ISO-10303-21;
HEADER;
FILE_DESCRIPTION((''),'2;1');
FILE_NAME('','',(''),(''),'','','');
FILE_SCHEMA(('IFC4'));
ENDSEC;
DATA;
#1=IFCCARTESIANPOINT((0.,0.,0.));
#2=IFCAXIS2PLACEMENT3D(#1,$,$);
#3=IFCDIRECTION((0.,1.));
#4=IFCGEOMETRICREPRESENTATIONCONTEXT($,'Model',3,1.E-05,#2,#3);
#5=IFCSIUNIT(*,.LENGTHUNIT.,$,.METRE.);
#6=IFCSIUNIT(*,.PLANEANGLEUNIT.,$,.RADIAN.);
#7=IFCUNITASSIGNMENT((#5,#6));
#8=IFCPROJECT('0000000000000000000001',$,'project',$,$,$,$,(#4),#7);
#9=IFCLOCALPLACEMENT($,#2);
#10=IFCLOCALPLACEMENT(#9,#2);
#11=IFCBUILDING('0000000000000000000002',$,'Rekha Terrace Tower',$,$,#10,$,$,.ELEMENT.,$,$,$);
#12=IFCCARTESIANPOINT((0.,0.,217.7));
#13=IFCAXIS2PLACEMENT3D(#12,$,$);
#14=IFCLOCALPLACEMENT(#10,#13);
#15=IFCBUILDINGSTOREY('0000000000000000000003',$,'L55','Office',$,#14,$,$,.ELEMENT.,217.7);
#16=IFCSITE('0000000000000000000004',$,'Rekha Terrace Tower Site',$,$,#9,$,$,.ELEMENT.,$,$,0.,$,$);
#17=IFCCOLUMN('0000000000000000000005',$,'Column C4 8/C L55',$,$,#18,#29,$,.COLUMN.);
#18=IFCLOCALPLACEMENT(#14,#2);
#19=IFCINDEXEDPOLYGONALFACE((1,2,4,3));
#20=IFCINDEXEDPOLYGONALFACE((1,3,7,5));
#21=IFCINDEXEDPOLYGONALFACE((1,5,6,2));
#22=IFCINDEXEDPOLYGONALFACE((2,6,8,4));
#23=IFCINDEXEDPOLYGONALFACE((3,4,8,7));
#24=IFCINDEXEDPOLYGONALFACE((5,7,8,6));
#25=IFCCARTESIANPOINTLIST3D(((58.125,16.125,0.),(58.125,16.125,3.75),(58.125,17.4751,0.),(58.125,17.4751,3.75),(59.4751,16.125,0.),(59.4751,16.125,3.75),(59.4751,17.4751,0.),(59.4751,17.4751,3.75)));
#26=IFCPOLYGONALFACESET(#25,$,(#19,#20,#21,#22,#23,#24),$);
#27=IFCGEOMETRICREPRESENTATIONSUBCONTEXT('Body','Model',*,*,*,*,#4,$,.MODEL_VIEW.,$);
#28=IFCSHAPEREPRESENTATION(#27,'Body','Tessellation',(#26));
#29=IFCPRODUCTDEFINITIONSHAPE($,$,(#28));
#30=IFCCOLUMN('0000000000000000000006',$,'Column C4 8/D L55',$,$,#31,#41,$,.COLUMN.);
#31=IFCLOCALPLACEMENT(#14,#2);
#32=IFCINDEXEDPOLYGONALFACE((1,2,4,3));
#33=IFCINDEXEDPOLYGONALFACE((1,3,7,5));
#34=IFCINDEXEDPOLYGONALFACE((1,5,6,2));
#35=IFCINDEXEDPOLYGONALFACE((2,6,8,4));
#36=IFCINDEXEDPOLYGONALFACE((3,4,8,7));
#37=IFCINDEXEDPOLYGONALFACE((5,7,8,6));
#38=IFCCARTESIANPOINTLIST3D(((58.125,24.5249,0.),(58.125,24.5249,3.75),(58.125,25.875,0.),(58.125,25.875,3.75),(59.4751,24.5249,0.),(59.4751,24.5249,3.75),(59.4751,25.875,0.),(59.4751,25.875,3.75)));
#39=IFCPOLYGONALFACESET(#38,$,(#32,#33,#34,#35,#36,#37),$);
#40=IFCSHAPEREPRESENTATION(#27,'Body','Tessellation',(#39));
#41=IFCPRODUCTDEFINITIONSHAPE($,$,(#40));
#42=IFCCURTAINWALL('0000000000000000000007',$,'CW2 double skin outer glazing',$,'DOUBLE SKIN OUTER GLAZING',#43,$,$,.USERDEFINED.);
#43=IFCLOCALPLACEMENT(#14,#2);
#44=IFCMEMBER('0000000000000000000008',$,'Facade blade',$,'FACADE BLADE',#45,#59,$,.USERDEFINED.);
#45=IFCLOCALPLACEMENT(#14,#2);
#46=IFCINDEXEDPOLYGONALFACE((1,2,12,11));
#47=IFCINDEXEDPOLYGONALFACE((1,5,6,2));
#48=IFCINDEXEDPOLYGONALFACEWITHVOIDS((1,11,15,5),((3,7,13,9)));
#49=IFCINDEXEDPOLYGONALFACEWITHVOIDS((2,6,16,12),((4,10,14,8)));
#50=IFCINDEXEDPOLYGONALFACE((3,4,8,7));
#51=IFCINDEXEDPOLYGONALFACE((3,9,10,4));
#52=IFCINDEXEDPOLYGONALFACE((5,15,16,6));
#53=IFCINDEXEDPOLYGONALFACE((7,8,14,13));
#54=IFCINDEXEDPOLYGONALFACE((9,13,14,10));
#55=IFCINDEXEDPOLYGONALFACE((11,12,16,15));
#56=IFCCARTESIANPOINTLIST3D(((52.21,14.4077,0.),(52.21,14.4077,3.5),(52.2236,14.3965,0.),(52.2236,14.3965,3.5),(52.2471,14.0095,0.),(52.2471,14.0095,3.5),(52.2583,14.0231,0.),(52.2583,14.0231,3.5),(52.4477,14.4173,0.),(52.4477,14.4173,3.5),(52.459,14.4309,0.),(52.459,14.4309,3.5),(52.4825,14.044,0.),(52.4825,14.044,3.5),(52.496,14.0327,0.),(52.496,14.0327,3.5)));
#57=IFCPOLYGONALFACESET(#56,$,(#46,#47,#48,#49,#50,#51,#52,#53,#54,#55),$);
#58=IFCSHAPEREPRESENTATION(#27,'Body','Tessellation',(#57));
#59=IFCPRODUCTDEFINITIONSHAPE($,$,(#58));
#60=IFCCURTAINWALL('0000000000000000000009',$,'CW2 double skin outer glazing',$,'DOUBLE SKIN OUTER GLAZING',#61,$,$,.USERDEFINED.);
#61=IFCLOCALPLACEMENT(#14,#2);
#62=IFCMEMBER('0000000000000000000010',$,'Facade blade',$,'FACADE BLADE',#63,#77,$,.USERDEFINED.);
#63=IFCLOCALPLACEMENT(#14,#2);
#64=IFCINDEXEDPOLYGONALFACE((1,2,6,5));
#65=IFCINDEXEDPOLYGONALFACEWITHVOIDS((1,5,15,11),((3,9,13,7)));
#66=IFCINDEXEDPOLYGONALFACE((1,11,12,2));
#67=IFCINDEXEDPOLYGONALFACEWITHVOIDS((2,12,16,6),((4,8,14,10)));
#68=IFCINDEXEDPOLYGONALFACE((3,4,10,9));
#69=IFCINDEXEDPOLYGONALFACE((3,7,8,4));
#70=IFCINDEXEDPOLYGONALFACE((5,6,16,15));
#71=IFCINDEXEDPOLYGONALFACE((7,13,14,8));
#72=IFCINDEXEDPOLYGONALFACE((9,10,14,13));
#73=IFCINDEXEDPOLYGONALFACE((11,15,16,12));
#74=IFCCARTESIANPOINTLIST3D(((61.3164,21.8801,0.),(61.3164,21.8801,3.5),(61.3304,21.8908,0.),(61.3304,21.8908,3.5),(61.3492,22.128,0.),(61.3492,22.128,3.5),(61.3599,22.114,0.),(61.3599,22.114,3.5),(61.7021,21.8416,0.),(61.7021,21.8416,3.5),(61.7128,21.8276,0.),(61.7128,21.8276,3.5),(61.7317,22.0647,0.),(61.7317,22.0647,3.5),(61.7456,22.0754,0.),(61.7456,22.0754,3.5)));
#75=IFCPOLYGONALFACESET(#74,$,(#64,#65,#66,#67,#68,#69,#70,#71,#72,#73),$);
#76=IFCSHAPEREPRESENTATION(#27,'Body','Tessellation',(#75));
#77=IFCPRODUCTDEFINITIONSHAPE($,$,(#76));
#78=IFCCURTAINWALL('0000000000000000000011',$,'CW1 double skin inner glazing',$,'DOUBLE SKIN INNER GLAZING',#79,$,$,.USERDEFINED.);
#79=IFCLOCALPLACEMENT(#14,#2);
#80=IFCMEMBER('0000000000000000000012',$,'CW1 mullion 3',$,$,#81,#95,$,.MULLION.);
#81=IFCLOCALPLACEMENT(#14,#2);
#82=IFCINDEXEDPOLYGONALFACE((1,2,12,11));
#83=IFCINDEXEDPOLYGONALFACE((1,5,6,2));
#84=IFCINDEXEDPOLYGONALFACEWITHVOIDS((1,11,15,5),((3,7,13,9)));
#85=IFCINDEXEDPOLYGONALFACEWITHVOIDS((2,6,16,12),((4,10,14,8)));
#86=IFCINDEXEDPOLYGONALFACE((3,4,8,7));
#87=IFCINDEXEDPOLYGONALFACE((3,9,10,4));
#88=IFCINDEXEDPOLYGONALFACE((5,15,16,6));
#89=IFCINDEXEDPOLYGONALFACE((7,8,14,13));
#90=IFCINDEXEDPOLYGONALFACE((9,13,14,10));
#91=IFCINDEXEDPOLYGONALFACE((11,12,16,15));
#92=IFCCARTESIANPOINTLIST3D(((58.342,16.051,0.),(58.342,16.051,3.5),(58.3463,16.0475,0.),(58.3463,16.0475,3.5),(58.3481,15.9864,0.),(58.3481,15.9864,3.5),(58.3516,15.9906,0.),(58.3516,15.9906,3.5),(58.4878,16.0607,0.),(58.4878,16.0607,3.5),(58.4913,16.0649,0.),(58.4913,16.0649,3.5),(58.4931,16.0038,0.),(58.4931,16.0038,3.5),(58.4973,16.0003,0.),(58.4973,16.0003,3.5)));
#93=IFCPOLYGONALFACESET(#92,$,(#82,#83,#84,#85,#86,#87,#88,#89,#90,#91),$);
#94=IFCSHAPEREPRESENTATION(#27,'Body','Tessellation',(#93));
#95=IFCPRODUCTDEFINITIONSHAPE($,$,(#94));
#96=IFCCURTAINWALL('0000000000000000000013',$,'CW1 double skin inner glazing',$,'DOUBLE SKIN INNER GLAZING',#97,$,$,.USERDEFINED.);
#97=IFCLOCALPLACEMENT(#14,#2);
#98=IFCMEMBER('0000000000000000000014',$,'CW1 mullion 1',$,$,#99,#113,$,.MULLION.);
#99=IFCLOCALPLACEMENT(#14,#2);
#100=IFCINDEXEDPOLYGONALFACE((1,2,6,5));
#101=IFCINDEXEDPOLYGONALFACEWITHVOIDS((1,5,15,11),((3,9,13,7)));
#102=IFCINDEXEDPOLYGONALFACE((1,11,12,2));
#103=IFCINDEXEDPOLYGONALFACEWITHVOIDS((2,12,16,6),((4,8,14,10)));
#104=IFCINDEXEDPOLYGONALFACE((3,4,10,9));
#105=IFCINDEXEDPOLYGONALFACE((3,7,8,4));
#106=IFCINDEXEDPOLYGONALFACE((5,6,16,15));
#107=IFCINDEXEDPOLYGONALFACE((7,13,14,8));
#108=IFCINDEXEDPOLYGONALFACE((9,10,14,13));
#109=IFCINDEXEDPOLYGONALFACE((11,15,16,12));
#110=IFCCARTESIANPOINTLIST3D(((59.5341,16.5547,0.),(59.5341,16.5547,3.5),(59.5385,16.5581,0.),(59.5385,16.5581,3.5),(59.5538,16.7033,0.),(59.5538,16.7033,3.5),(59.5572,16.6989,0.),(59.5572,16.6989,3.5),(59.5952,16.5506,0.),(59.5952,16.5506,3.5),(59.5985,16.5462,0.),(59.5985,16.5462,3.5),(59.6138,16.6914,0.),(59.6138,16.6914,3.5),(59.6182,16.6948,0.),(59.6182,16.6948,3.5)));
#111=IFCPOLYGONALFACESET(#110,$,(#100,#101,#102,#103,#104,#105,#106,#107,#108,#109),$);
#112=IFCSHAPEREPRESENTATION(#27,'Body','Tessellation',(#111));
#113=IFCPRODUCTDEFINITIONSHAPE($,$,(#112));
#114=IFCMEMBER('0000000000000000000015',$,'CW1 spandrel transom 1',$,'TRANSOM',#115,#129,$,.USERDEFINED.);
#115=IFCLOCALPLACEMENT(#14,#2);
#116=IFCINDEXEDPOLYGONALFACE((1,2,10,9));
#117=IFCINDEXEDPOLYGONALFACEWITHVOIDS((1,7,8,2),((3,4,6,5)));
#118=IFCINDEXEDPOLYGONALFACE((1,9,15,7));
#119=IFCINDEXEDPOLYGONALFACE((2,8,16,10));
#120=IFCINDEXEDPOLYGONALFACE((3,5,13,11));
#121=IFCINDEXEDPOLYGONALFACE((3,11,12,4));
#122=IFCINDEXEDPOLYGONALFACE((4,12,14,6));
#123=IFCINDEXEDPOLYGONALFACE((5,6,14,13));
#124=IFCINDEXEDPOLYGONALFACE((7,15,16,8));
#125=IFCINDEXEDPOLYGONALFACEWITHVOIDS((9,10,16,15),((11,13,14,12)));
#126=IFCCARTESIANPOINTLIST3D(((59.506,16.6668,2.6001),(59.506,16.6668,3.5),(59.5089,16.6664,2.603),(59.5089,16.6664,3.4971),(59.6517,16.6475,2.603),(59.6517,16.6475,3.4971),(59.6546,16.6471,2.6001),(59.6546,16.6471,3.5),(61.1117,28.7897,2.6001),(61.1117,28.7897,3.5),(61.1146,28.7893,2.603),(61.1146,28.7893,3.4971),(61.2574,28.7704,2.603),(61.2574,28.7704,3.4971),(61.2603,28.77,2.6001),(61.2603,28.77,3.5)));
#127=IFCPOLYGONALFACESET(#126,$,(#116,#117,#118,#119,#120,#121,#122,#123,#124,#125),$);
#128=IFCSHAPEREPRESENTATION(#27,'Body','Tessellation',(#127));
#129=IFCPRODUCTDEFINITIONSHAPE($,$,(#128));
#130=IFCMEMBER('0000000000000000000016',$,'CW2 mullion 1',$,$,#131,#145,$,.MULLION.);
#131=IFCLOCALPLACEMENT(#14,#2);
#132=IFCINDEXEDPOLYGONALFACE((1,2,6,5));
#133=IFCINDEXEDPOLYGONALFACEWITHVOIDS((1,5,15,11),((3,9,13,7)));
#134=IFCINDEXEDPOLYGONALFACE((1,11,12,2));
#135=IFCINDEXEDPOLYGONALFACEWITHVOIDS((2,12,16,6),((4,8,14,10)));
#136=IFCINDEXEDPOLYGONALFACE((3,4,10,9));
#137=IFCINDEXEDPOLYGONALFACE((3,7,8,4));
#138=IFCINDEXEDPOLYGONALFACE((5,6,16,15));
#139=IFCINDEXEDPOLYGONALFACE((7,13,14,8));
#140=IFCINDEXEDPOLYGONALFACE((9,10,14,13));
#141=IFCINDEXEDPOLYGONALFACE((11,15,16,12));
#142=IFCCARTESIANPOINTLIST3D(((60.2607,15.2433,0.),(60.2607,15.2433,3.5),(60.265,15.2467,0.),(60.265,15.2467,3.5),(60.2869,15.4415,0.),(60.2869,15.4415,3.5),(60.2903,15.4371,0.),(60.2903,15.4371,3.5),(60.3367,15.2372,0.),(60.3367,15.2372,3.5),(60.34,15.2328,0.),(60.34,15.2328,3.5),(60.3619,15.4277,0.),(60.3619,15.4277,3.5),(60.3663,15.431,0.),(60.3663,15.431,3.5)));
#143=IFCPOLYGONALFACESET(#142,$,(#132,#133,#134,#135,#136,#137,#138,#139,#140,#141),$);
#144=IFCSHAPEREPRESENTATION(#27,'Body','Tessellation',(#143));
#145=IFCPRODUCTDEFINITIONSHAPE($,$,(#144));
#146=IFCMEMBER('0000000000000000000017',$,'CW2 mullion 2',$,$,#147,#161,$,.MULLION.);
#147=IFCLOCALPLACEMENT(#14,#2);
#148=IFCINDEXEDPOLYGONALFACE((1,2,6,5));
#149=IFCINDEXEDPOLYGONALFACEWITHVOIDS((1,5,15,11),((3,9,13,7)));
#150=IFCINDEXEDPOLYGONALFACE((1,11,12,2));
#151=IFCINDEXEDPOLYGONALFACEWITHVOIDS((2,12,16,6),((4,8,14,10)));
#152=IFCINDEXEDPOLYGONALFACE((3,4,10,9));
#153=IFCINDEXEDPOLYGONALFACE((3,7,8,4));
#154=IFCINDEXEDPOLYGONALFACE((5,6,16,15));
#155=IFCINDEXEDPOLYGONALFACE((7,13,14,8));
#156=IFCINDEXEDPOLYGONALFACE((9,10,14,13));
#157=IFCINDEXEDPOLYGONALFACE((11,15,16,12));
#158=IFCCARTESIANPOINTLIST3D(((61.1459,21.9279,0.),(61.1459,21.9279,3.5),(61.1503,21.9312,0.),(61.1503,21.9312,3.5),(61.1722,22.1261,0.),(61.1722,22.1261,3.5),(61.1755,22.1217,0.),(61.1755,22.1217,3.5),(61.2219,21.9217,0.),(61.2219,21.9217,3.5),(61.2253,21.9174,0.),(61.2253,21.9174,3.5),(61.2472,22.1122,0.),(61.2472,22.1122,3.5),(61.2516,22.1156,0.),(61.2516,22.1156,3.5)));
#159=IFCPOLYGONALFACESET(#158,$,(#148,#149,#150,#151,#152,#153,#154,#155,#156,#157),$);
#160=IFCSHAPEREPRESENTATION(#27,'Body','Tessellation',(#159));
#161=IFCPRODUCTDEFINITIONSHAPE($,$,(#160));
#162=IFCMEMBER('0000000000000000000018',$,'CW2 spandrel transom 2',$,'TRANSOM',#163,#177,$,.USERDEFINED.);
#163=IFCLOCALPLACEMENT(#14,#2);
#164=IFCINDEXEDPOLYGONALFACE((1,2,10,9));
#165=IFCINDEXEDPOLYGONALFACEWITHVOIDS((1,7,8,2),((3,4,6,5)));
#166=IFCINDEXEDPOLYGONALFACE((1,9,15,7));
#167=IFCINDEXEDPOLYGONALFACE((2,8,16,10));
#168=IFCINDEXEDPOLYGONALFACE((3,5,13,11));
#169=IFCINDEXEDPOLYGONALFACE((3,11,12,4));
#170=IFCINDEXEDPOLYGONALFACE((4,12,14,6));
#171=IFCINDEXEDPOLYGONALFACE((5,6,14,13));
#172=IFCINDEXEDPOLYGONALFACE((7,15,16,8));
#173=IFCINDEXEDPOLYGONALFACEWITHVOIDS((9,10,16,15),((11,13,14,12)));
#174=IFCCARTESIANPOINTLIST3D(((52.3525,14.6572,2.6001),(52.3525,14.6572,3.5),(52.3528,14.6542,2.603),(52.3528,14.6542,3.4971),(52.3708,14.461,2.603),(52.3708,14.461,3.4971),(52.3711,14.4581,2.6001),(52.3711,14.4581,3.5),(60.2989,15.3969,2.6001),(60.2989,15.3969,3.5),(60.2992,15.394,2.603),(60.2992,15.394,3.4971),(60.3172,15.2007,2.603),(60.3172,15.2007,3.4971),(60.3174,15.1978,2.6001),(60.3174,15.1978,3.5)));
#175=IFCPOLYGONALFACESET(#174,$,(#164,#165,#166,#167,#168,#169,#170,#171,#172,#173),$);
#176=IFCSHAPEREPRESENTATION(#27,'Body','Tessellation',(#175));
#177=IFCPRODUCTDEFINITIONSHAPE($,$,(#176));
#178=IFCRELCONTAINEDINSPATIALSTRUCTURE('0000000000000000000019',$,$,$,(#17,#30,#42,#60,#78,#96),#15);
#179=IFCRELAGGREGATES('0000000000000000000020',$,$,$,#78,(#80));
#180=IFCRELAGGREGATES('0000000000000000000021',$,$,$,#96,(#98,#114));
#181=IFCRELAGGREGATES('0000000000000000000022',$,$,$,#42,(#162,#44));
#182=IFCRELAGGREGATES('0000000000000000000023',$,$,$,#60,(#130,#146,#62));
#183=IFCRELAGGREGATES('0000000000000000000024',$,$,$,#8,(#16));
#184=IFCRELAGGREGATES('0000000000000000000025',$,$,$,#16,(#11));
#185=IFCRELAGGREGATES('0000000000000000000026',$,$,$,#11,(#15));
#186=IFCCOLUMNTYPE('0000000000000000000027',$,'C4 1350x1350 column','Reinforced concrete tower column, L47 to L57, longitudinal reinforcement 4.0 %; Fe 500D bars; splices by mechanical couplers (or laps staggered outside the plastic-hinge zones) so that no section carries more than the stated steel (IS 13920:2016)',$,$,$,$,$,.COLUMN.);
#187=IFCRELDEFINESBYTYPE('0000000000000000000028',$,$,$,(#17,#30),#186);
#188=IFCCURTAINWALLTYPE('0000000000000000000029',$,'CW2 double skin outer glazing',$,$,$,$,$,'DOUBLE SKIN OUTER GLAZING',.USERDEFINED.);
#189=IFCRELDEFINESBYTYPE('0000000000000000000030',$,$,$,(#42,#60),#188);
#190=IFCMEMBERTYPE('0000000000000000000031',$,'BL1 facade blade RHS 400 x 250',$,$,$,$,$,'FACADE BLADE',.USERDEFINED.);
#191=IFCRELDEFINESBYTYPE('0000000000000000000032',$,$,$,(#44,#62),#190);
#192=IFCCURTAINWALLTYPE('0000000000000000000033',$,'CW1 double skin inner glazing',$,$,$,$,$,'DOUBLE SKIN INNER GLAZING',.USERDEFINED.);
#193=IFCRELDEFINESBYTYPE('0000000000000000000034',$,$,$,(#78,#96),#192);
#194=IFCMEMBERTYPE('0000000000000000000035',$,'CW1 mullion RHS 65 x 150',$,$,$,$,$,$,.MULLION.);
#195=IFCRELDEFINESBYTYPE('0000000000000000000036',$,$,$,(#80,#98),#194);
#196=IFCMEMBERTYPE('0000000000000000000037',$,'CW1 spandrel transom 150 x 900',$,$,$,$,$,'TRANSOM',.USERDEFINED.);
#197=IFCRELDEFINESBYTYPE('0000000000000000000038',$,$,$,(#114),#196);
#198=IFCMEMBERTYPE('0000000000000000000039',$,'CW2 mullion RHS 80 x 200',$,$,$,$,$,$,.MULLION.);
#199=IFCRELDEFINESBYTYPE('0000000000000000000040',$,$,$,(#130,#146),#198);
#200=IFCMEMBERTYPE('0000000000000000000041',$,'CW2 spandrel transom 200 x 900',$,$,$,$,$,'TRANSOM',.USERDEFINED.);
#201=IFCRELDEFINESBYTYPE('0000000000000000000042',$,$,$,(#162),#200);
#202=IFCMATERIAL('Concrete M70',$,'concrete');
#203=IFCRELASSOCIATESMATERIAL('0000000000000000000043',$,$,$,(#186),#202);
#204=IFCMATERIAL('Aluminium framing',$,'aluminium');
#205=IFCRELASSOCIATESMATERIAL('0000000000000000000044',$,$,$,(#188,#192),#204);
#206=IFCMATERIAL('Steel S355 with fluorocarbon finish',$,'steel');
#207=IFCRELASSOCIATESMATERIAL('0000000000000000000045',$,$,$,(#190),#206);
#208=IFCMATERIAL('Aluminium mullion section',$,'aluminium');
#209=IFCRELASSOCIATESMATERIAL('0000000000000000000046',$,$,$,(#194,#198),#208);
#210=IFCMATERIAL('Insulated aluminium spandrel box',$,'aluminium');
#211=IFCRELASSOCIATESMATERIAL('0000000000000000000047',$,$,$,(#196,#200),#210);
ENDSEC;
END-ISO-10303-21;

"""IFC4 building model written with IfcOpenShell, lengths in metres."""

from ifc_helpers import new_model, si_unit, direction, frame, origin, origin_2d, place, context, subcontext, project, spatial, rectangle, hollow_rectangle, extrude, material, material_profile, profile_set, type_object, element, aggregate, save


model = new_model("IFC4")

# Units and contexts
model_context = context("Model", 3, precision=1e-05, world=origin(), true_north=direction((0.0, 1.0)))
body_context = subcontext(model_context, "Body", "Model", "MODEL_VIEW")
ifc_project = project(units=[si_unit("LENGTHUNIT", "METRE"), si_unit("PLANEANGLEUNIT", "RADIAN")], contexts=[model_context])

# Site, building, storey
site_placement = place(None, origin())
site = spatial("IfcSite", under=ifc_project, at=site_placement, Name="Rekha Terrace Tower Site", CompositionType="ELEMENT", RefElevation=0.0)
building_placement = place(site_placement, origin())
building = spatial("IfcBuilding", under=site, at=building_placement, Name="Rekha Terrace Tower", CompositionType="ELEMENT")
storey_placement = place(building_placement, frame((0.0, 0.0, 217.7)))
storey = spatial("IfcBuildingStorey", under=building, at=storey_placement, Name="L55", Description="Office", CompositionType="ELEMENT", Elevation=217.7)

# Columns
ifc_material_1 = material(Name="Concrete M70", Category="concrete")
ifc_material_profile_1 = material_profile(ifc_material_1, rectangle(XDim=1.3501, YDim=1.3501, at=origin_2d()), Name="RC 1350x1350")
ifc_profile_set_1 = profile_set([ifc_material_profile_1], Name="Concrete M70")
column_type = type_object("IfcColumnType", Name="C4 1350x1350 column", Description="Reinforced concrete tower column, L47 to L57, longitudinal reinforcement 4.0 %; Fe 500D bars; splices by mechanical couplers (or laps staggered outside the plastic-hinge zones) so that no section carries more than the stated steel (IS 13920:2016)", PredefinedType="COLUMN", material=ifc_profile_set_1)
for number, where, z_axis, x_axis, name in (
    (1, (58.8, 16.8, 0.0), (0.0, 0.0, 1.0), (1.0, 0.0, 0.0), "Column C4 8/C L55"),
    (2, (58.8, 25.2, 0.0), (0.0, 0.0, 1.0), (1.0, 0.0, 0.0), "Column C4 8/D L55"),
):
    element("IfcColumn", number, at=place(storey_placement, frame(where, z_axis=z_axis, x_axis=x_axis)), inside=storey, type_object=column_type, Name=name, PredefinedType="COLUMN", context=body_context, shape_type="SweptSolid", body=[
        extrude(rectangle(XDim=1.3501, YDim=1.3501, at=origin_2d()), origin(), (0.0, 0.0, 1.0), 3.75),
    ])

# Curtain walls, members
ifc_material_2 = material(Name="Aluminium framing", Category="aluminium")
curtain_wall_type_1 = type_object("IfcCurtainWallType", Name="CW2 double skin outer glazing", ElementType="DOUBLE SKIN OUTER GLAZING", PredefinedType="USERDEFINED", material=ifc_material_2)
curtain_wall_1_placement = place(storey_placement, origin())
curtain_wall_1 = element("IfcCurtainWall", 3, at=curtain_wall_1_placement, inside=storey, type_object=curtain_wall_type_1, Name="CW2 double skin outer glazing", ObjectType="DOUBLE SKIN OUTER GLAZING", PredefinedType="USERDEFINED")
ifc_material_3 = material(Name="Steel S355 with fluorocarbon finish", Category="steel")
ifc_material_profile_2 = material_profile(ifc_material_3, hollow_rectangle(XDim=0.25, YDim=0.3999, WallThickness=0.0125, at=origin_2d()), Name="RHS400x250x12.5")
ifc_profile_set_2 = profile_set([ifc_material_profile_2], Name="Steel S355 with fluorocarbon finish")
member_type_1 = type_object("IfcMemberType", Name="BL1 facade blade RHS 400 x 250", ElementType="FACADE BLADE", PredefinedType="USERDEFINED", material=ifc_profile_set_2)
member_1_placement = place(storey_placement, frame((52.353, 14.2202, 0.0), z_axis=(0.0, 0.0, 1.0), x_axis=(0.995693, 0.092709, 0.0)))
member_1 = element("IfcMember", 4, at=member_1_placement, type_object=member_type_1, Name="Facade blade", ObjectType="FACADE BLADE", PredefinedType="USERDEFINED", context=body_context, shape_type="SweptSolid", body=[
    extrude(hollow_rectangle(XDim=0.25, YDim=0.3999, WallThickness=0.0125, at=origin_2d()), origin(), (0.0, 0.0, 1.0), 3.5),
])
curtain_wall_2_placement = place(storey_placement, origin())
curtain_wall_2 = element("IfcCurtainWall", 5, at=curtain_wall_2_placement, inside=storey, type_object=curtain_wall_type_1, Name="CW2 double skin outer glazing", ObjectType="DOUBLE SKIN OUTER GLAZING", PredefinedType="USERDEFINED")
member_2_placement = place(storey_placement, frame((61.531, 21.9778, 0.0), z_axis=(0.0, 0.0, 1.0), x_axis=(0.131303, 0.991342, 0.0)))
member_2 = element("IfcMember", 6, at=member_2_placement, type_object=member_type_1, Name="Facade blade", ObjectType="FACADE BLADE", PredefinedType="USERDEFINED", context=body_context, shape_type="SweptSolid", body=[
    extrude(hollow_rectangle(XDim=0.25, YDim=0.3999, WallThickness=0.0125, at=origin_2d()), origin(), (0.0, 0.0, 1.0), 3.5),
])
curtain_wall_type_2 = type_object("IfcCurtainWallType", Name="CW1 double skin inner glazing", ElementType="DOUBLE SKIN INNER GLAZING", PredefinedType="USERDEFINED", material=ifc_material_2)
curtain_wall_3_placement = place(storey_placement, origin())
curtain_wall_3 = element("IfcCurtainWall", 7, at=curtain_wall_3_placement, inside=storey, type_object=curtain_wall_type_2, Name="CW1 double skin inner glazing", ObjectType="DOUBLE SKIN INNER GLAZING", PredefinedType="USERDEFINED")
ifc_material_4 = material(Name="Aluminium mullion section", Category="aluminium")
ifc_material_profile_3 = material_profile(ifc_material_4, hollow_rectangle(XDim=0.0649, YDim=0.1499, WallThickness=0.0039, at=origin_2d()), Name="AL RHS 65x150")
ifc_profile_set_3 = profile_set([ifc_material_profile_3], Name="Aluminium mullion section")
member_type_2 = type_object("IfcMemberType", Name="CW1 mullion RHS 65 x 150", PredefinedType="MULLION", material=ifc_profile_set_3)
member_3_placement = place(storey_placement, frame((58.4197, 16.0256, 0.0), z_axis=(0.0, 0.0, 1.0), x_axis=(-0.092709, 0.995693, 0.0)))
member_3 = element("IfcMember", 8, at=member_3_placement, type_object=member_type_2, Name="CW1 mullion 3", PredefinedType="MULLION", context=body_context, shape_type="SweptSolid", body=[
    extrude(hollow_rectangle(XDim=0.0649, YDim=0.1499, WallThickness=0.0039, at=origin_2d()), origin(), (0.0, 0.0, 1.0), 3.5),
])

# Curtain wall, members
curtain_wall_4_placement = place(storey_placement, origin())
curtain_wall_4 = element("IfcCurtainWall", 9, at=curtain_wall_4_placement, inside=storey, type_object=curtain_wall_type_2, Name="CW1 double skin inner glazing", ObjectType="DOUBLE SKIN INNER GLAZING", PredefinedType="USERDEFINED")
member_4_placement = place(storey_placement, frame((59.5762, 16.6248, 0.0), z_axis=(0.0, 0.0, 1.0), x_axis=(-0.991342, 0.131304, 0.0)))
member_4 = element("IfcMember", 10, at=member_4_placement, type_object=member_type_2, Name="CW1 mullion 1", PredefinedType="MULLION", context=body_context, shape_type="SweptSolid", body=[
    extrude(hollow_rectangle(XDim=0.0649, YDim=0.1499, WallThickness=0.0039, at=origin_2d()), origin(), (0.0, 0.0, 1.0), 3.5),
])
ifc_material_5 = material(Name="Insulated aluminium spandrel box", Category="aluminium")
ifc_material_profile_4 = material_profile(ifc_material_5, hollow_rectangle(XDim=0.1499, YDim=0.8999, WallThickness=0.0029, at=origin_2d()), Name="AL SPANDREL BOX 150x900")
ifc_profile_set_4 = profile_set([ifc_material_profile_4], Name="Insulated aluminium spandrel box")
member_type_3 = type_object("IfcMemberType", Name="CW1 spandrel transom 150 x 900", ElementType="TRANSOM", PredefinedType="USERDEFINED", material=ifc_profile_set_4)
member_5_placement = place(storey_placement, frame((59.5803, 16.657, 3.05), z_axis=(0.131307, 0.991342, 0.0), x_axis=(-0.991342, 0.131307, 0.0)))
member_5 = element("IfcMember", 11, at=member_5_placement, type_object=member_type_3, Name="CW1 spandrel transom 1", ObjectType="TRANSOM", PredefinedType="USERDEFINED", context=body_context, shape_type="SweptSolid", body=[
    extrude(hollow_rectangle(XDim=0.1499, YDim=0.8999, WallThickness=0.0029, at=origin_2d()), origin(), (0.0, 0.0, 1.0), 12.2288),
])

# Members
ifc_material_profile_5 = material_profile(ifc_material_4, hollow_rectangle(XDim=0.0801, YDim=0.2, WallThickness=0.0039, at=origin_2d()), Name="AL RHS 80x200")
ifc_profile_set_5 = profile_set([ifc_material_profile_5], Name="Aluminium mullion section")
member_type_4 = type_object("IfcMemberType", Name="CW2 mullion RHS 80 x 200", PredefinedType="MULLION", material=ifc_profile_set_5)
member_6_placement = place(storey_placement, frame((60.3135, 15.3372, 0.0), z_axis=(0.0, 0.0, 1.0), x_axis=(-0.991342, 0.131304, 0.0)))
member_6 = element("IfcMember", 12, at=member_6_placement, type_object=member_type_4, Name="CW2 mullion 1", PredefinedType="MULLION", context=body_context, shape_type="SweptSolid", body=[
    extrude(hollow_rectangle(XDim=0.0801, YDim=0.2, WallThickness=0.0039, at=origin_2d()), origin(), (0.0, 0.0, 1.0), 3.5),
])
member_7_placement = place(storey_placement, frame((61.1987, 22.0217, 0.0), z_axis=(0.0, 0.0, 1.0), x_axis=(-0.991342, 0.131304, 0.0)))
member_7 = element("IfcMember", 13, at=member_7_placement, type_object=member_type_4, Name="CW2 mullion 2", PredefinedType="MULLION", context=body_context, shape_type="SweptSolid", body=[
    extrude(hollow_rectangle(XDim=0.0801, YDim=0.2, WallThickness=0.0039, at=origin_2d()), origin(), (0.0, 0.0, 1.0), 3.5),
])
ifc_material_profile_6 = material_profile(ifc_material_5, hollow_rectangle(XDim=0.2, YDim=0.8999, WallThickness=0.0029, at=origin_2d()), Name="AL SPANDREL BOX 200x900")
ifc_profile_set_6 = profile_set([ifc_material_profile_6], Name="Insulated aluminium spandrel box")
member_type_5 = type_object("IfcMemberType", Name="CW2 spandrel transom 200 x 900", ElementType="TRANSOM", PredefinedType="USERDEFINED", material=ifc_profile_set_6)
member_8_placement = place(storey_placement, frame((52.3618, 14.5576, 3.05), z_axis=(0.995695, 0.092692, 0.0), x_axis=(-0.092692, 0.995695, 0.0)))
member_8 = element("IfcMember", 14, at=member_8_placement, type_object=member_type_5, Name="CW2 spandrel transom 2", ObjectType="TRANSOM", PredefinedType="USERDEFINED", context=body_context, shape_type="SweptSolid", body=[
    extrude(hollow_rectangle(XDim=0.2, YDim=0.8999, WallThickness=0.0029, at=origin_2d()), origin(), (0.0, 0.0, 1.0), 7.9807),
])

aggregate(curtain_wall_3, [member_3])
aggregate(curtain_wall_4, [member_4, member_5])
aggregate(curtain_wall_1, [member_8, member_1])
aggregate(curtain_wall_2, [member_6, member_7, member_2])

save(model, "model.ifc")
